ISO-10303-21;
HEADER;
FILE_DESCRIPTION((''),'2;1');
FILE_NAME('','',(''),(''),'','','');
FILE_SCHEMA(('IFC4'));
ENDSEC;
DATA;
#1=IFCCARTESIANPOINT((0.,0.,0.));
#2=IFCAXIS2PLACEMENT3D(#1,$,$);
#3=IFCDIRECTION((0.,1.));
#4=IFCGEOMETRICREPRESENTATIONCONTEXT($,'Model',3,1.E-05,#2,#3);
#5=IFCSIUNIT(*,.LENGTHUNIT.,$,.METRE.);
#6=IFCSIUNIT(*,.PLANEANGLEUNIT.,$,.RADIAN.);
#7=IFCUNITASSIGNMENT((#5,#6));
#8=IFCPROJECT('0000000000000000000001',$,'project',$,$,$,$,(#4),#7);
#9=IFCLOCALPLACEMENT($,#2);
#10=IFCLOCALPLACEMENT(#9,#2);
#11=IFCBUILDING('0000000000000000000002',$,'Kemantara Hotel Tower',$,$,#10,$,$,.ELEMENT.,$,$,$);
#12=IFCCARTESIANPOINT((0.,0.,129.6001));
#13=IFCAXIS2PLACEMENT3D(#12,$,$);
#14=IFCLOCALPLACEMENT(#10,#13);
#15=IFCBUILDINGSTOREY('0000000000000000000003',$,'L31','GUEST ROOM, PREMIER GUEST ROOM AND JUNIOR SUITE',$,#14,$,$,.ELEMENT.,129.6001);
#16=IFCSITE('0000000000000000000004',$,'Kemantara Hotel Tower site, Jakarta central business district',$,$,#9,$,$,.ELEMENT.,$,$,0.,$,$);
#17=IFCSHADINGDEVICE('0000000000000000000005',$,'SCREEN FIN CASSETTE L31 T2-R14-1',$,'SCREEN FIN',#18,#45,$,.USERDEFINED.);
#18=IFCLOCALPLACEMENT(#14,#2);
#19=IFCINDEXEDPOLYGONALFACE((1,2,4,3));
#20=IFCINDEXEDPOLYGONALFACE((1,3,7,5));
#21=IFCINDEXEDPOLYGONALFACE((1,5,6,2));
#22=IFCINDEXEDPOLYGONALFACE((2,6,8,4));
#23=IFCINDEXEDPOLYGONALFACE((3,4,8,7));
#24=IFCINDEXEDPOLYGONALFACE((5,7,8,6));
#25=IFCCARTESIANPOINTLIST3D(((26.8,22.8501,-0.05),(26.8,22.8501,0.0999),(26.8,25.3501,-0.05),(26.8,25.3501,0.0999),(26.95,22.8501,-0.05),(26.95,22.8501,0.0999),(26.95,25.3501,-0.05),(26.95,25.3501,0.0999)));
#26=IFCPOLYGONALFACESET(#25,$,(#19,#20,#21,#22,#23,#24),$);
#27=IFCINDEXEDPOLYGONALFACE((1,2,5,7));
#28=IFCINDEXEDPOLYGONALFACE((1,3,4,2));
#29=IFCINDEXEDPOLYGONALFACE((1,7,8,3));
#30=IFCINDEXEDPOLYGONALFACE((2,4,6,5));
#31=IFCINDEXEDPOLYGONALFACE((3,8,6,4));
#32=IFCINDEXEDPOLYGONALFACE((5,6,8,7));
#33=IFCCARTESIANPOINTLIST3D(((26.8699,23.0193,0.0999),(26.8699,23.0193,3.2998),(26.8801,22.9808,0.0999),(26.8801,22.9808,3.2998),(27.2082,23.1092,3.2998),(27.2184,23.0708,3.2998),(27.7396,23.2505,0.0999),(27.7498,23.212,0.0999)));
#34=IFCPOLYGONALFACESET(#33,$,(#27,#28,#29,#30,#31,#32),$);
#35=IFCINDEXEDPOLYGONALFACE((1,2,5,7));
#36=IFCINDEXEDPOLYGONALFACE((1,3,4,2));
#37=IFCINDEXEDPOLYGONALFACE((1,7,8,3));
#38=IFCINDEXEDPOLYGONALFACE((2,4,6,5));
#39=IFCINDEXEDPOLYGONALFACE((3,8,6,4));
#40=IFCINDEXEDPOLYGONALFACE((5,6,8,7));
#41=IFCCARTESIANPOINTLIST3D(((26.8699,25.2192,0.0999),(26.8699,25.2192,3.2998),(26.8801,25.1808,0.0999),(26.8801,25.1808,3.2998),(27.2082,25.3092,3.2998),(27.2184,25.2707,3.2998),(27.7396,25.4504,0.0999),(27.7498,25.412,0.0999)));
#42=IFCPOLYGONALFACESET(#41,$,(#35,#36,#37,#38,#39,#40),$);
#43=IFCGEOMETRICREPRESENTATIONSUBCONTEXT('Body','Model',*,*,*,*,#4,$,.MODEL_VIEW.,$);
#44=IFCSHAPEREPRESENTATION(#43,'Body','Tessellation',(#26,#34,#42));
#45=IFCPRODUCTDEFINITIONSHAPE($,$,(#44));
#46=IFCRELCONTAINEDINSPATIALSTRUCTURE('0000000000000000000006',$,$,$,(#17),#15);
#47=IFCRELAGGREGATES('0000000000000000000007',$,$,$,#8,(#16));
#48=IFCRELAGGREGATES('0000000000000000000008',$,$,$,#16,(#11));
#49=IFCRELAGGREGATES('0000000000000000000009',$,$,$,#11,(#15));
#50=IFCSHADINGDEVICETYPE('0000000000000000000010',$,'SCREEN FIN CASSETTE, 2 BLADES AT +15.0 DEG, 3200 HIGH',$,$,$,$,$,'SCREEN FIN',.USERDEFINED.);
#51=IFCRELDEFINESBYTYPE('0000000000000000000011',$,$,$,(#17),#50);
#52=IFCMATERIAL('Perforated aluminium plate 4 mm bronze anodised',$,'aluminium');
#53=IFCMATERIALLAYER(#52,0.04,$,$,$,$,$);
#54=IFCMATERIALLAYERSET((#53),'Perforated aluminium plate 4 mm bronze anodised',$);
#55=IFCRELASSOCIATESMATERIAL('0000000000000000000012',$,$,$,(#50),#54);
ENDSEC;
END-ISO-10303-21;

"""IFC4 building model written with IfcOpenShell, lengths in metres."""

from ifc_helpers import new_model, si_unit, direction, frame, origin, origin_2d, place, context, subcontext, project, spatial, polyline, rectangle, outline, extrude, source, transform, mapped, material, layer, layer_set, type_object, element, save


model = new_model("IFC4")

# Units and contexts
model_context = context("Model", 3, precision=1e-05, world=origin(), true_north=direction((0.0, 1.0)))
body_context = subcontext(model_context, "Body", "Model", "MODEL_VIEW")
ifc_project = project(units=[si_unit("LENGTHUNIT", "METRE"), si_unit("PLANEANGLEUNIT", "RADIAN")], contexts=[model_context])

# Site, building, storey
site_placement = place(None, origin())
site = spatial("IfcSite", under=ifc_project, at=site_placement, Name="Kemantara Hotel Tower site, Jakarta central business district", CompositionType="ELEMENT", RefElevation=0.0)
building_placement = place(site_placement, origin())
building = spatial("IfcBuilding", under=site, at=building_placement, Name="Kemantara Hotel Tower", CompositionType="ELEMENT")
storey_placement = place(building_placement, frame((0.0, 0.0, 129.6001)))
storey = spatial("IfcBuildingStorey", under=building, at=storey_placement, Name="L31", Description="GUEST ROOM, PREMIER GUEST ROOM AND JUNIOR SUITE", CompositionType="ELEMENT", Elevation=129.6001)

# Shading device
ifc_material_1 = material(Name="Perforated aluminium plate 4 mm bronze anodised", Category="aluminium")
ifc_layer_1 = layer(ifc_material_1, 0.04)
ifc_layer_set_1 = layer_set([ifc_layer_1], Name="Perforated aluminium plate 4 mm bronze anodised")
shading_device_type_1 = type_object("IfcShadingDeviceType", Name="SCREEN FIN CASSETTE, 2 BLADES AT +15.0 DEG, 3200 HIGH", ElementType="SCREEN FIN", PredefinedType="USERDEFINED", material=ifc_layer_set_1)
shared_shape_1 = source(origin(), body_context, "Body", "SweptSolid", [
    extrude(rectangle(XDim=2.5, YDim=0.1499, at=origin_2d()), frame((1.1001, -0.075, -0.1499), z_axis=(0.0, 0.0, 1.0), x_axis=(1.0, 0.0, 0.0)), (0.0, 0.0, 1.0), 0.1499),
    extrude(outline(polyline([(0.0, 0.0), (0.8999, 0.0), (0.3501, 3.2), (0.0, 3.2), (0.0, 0.0)])), frame((0.0193, -0.0698, 0.0), z_axis=(-0.966438, -0.256901, 0.0), x_axis=(0.256901, -0.966438, 0.0)), (0.0, 0.0, 1.0), 0.0398),
    extrude(outline(polyline([(0.0, 0.0), (0.8999, 0.0), (0.3501, 3.2), (0.0, 3.2), (0.0, 0.0)])), frame((2.2192, -0.0698, 0.0), z_axis=(-0.966438, -0.256901, 0.0), x_axis=(0.256901, -0.966438, 0.0)), (0.0, 0.0, 1.0), 0.0398),
])
shading_device_1_placement = place(storey_placement, frame((26.8, 23.0, 0.0999), z_axis=(0.0, 0.0, 1.0), x_axis=(0.0, 1.0, 0.0)))
element("IfcShadingDevice", 1, at=shading_device_1_placement, inside=storey, type_object=shading_device_type_1, Name="SCREEN FIN CASSETTE L31 T2-R14-1", ObjectType="SCREEN FIN", PredefinedType="USERDEFINED", context=body_context, shape_type="MappedRepresentation", body=[
    mapped(shared_shape_1, transform((0.0, 0.0, 0.0))),
])

save(model, "model.ifc")
